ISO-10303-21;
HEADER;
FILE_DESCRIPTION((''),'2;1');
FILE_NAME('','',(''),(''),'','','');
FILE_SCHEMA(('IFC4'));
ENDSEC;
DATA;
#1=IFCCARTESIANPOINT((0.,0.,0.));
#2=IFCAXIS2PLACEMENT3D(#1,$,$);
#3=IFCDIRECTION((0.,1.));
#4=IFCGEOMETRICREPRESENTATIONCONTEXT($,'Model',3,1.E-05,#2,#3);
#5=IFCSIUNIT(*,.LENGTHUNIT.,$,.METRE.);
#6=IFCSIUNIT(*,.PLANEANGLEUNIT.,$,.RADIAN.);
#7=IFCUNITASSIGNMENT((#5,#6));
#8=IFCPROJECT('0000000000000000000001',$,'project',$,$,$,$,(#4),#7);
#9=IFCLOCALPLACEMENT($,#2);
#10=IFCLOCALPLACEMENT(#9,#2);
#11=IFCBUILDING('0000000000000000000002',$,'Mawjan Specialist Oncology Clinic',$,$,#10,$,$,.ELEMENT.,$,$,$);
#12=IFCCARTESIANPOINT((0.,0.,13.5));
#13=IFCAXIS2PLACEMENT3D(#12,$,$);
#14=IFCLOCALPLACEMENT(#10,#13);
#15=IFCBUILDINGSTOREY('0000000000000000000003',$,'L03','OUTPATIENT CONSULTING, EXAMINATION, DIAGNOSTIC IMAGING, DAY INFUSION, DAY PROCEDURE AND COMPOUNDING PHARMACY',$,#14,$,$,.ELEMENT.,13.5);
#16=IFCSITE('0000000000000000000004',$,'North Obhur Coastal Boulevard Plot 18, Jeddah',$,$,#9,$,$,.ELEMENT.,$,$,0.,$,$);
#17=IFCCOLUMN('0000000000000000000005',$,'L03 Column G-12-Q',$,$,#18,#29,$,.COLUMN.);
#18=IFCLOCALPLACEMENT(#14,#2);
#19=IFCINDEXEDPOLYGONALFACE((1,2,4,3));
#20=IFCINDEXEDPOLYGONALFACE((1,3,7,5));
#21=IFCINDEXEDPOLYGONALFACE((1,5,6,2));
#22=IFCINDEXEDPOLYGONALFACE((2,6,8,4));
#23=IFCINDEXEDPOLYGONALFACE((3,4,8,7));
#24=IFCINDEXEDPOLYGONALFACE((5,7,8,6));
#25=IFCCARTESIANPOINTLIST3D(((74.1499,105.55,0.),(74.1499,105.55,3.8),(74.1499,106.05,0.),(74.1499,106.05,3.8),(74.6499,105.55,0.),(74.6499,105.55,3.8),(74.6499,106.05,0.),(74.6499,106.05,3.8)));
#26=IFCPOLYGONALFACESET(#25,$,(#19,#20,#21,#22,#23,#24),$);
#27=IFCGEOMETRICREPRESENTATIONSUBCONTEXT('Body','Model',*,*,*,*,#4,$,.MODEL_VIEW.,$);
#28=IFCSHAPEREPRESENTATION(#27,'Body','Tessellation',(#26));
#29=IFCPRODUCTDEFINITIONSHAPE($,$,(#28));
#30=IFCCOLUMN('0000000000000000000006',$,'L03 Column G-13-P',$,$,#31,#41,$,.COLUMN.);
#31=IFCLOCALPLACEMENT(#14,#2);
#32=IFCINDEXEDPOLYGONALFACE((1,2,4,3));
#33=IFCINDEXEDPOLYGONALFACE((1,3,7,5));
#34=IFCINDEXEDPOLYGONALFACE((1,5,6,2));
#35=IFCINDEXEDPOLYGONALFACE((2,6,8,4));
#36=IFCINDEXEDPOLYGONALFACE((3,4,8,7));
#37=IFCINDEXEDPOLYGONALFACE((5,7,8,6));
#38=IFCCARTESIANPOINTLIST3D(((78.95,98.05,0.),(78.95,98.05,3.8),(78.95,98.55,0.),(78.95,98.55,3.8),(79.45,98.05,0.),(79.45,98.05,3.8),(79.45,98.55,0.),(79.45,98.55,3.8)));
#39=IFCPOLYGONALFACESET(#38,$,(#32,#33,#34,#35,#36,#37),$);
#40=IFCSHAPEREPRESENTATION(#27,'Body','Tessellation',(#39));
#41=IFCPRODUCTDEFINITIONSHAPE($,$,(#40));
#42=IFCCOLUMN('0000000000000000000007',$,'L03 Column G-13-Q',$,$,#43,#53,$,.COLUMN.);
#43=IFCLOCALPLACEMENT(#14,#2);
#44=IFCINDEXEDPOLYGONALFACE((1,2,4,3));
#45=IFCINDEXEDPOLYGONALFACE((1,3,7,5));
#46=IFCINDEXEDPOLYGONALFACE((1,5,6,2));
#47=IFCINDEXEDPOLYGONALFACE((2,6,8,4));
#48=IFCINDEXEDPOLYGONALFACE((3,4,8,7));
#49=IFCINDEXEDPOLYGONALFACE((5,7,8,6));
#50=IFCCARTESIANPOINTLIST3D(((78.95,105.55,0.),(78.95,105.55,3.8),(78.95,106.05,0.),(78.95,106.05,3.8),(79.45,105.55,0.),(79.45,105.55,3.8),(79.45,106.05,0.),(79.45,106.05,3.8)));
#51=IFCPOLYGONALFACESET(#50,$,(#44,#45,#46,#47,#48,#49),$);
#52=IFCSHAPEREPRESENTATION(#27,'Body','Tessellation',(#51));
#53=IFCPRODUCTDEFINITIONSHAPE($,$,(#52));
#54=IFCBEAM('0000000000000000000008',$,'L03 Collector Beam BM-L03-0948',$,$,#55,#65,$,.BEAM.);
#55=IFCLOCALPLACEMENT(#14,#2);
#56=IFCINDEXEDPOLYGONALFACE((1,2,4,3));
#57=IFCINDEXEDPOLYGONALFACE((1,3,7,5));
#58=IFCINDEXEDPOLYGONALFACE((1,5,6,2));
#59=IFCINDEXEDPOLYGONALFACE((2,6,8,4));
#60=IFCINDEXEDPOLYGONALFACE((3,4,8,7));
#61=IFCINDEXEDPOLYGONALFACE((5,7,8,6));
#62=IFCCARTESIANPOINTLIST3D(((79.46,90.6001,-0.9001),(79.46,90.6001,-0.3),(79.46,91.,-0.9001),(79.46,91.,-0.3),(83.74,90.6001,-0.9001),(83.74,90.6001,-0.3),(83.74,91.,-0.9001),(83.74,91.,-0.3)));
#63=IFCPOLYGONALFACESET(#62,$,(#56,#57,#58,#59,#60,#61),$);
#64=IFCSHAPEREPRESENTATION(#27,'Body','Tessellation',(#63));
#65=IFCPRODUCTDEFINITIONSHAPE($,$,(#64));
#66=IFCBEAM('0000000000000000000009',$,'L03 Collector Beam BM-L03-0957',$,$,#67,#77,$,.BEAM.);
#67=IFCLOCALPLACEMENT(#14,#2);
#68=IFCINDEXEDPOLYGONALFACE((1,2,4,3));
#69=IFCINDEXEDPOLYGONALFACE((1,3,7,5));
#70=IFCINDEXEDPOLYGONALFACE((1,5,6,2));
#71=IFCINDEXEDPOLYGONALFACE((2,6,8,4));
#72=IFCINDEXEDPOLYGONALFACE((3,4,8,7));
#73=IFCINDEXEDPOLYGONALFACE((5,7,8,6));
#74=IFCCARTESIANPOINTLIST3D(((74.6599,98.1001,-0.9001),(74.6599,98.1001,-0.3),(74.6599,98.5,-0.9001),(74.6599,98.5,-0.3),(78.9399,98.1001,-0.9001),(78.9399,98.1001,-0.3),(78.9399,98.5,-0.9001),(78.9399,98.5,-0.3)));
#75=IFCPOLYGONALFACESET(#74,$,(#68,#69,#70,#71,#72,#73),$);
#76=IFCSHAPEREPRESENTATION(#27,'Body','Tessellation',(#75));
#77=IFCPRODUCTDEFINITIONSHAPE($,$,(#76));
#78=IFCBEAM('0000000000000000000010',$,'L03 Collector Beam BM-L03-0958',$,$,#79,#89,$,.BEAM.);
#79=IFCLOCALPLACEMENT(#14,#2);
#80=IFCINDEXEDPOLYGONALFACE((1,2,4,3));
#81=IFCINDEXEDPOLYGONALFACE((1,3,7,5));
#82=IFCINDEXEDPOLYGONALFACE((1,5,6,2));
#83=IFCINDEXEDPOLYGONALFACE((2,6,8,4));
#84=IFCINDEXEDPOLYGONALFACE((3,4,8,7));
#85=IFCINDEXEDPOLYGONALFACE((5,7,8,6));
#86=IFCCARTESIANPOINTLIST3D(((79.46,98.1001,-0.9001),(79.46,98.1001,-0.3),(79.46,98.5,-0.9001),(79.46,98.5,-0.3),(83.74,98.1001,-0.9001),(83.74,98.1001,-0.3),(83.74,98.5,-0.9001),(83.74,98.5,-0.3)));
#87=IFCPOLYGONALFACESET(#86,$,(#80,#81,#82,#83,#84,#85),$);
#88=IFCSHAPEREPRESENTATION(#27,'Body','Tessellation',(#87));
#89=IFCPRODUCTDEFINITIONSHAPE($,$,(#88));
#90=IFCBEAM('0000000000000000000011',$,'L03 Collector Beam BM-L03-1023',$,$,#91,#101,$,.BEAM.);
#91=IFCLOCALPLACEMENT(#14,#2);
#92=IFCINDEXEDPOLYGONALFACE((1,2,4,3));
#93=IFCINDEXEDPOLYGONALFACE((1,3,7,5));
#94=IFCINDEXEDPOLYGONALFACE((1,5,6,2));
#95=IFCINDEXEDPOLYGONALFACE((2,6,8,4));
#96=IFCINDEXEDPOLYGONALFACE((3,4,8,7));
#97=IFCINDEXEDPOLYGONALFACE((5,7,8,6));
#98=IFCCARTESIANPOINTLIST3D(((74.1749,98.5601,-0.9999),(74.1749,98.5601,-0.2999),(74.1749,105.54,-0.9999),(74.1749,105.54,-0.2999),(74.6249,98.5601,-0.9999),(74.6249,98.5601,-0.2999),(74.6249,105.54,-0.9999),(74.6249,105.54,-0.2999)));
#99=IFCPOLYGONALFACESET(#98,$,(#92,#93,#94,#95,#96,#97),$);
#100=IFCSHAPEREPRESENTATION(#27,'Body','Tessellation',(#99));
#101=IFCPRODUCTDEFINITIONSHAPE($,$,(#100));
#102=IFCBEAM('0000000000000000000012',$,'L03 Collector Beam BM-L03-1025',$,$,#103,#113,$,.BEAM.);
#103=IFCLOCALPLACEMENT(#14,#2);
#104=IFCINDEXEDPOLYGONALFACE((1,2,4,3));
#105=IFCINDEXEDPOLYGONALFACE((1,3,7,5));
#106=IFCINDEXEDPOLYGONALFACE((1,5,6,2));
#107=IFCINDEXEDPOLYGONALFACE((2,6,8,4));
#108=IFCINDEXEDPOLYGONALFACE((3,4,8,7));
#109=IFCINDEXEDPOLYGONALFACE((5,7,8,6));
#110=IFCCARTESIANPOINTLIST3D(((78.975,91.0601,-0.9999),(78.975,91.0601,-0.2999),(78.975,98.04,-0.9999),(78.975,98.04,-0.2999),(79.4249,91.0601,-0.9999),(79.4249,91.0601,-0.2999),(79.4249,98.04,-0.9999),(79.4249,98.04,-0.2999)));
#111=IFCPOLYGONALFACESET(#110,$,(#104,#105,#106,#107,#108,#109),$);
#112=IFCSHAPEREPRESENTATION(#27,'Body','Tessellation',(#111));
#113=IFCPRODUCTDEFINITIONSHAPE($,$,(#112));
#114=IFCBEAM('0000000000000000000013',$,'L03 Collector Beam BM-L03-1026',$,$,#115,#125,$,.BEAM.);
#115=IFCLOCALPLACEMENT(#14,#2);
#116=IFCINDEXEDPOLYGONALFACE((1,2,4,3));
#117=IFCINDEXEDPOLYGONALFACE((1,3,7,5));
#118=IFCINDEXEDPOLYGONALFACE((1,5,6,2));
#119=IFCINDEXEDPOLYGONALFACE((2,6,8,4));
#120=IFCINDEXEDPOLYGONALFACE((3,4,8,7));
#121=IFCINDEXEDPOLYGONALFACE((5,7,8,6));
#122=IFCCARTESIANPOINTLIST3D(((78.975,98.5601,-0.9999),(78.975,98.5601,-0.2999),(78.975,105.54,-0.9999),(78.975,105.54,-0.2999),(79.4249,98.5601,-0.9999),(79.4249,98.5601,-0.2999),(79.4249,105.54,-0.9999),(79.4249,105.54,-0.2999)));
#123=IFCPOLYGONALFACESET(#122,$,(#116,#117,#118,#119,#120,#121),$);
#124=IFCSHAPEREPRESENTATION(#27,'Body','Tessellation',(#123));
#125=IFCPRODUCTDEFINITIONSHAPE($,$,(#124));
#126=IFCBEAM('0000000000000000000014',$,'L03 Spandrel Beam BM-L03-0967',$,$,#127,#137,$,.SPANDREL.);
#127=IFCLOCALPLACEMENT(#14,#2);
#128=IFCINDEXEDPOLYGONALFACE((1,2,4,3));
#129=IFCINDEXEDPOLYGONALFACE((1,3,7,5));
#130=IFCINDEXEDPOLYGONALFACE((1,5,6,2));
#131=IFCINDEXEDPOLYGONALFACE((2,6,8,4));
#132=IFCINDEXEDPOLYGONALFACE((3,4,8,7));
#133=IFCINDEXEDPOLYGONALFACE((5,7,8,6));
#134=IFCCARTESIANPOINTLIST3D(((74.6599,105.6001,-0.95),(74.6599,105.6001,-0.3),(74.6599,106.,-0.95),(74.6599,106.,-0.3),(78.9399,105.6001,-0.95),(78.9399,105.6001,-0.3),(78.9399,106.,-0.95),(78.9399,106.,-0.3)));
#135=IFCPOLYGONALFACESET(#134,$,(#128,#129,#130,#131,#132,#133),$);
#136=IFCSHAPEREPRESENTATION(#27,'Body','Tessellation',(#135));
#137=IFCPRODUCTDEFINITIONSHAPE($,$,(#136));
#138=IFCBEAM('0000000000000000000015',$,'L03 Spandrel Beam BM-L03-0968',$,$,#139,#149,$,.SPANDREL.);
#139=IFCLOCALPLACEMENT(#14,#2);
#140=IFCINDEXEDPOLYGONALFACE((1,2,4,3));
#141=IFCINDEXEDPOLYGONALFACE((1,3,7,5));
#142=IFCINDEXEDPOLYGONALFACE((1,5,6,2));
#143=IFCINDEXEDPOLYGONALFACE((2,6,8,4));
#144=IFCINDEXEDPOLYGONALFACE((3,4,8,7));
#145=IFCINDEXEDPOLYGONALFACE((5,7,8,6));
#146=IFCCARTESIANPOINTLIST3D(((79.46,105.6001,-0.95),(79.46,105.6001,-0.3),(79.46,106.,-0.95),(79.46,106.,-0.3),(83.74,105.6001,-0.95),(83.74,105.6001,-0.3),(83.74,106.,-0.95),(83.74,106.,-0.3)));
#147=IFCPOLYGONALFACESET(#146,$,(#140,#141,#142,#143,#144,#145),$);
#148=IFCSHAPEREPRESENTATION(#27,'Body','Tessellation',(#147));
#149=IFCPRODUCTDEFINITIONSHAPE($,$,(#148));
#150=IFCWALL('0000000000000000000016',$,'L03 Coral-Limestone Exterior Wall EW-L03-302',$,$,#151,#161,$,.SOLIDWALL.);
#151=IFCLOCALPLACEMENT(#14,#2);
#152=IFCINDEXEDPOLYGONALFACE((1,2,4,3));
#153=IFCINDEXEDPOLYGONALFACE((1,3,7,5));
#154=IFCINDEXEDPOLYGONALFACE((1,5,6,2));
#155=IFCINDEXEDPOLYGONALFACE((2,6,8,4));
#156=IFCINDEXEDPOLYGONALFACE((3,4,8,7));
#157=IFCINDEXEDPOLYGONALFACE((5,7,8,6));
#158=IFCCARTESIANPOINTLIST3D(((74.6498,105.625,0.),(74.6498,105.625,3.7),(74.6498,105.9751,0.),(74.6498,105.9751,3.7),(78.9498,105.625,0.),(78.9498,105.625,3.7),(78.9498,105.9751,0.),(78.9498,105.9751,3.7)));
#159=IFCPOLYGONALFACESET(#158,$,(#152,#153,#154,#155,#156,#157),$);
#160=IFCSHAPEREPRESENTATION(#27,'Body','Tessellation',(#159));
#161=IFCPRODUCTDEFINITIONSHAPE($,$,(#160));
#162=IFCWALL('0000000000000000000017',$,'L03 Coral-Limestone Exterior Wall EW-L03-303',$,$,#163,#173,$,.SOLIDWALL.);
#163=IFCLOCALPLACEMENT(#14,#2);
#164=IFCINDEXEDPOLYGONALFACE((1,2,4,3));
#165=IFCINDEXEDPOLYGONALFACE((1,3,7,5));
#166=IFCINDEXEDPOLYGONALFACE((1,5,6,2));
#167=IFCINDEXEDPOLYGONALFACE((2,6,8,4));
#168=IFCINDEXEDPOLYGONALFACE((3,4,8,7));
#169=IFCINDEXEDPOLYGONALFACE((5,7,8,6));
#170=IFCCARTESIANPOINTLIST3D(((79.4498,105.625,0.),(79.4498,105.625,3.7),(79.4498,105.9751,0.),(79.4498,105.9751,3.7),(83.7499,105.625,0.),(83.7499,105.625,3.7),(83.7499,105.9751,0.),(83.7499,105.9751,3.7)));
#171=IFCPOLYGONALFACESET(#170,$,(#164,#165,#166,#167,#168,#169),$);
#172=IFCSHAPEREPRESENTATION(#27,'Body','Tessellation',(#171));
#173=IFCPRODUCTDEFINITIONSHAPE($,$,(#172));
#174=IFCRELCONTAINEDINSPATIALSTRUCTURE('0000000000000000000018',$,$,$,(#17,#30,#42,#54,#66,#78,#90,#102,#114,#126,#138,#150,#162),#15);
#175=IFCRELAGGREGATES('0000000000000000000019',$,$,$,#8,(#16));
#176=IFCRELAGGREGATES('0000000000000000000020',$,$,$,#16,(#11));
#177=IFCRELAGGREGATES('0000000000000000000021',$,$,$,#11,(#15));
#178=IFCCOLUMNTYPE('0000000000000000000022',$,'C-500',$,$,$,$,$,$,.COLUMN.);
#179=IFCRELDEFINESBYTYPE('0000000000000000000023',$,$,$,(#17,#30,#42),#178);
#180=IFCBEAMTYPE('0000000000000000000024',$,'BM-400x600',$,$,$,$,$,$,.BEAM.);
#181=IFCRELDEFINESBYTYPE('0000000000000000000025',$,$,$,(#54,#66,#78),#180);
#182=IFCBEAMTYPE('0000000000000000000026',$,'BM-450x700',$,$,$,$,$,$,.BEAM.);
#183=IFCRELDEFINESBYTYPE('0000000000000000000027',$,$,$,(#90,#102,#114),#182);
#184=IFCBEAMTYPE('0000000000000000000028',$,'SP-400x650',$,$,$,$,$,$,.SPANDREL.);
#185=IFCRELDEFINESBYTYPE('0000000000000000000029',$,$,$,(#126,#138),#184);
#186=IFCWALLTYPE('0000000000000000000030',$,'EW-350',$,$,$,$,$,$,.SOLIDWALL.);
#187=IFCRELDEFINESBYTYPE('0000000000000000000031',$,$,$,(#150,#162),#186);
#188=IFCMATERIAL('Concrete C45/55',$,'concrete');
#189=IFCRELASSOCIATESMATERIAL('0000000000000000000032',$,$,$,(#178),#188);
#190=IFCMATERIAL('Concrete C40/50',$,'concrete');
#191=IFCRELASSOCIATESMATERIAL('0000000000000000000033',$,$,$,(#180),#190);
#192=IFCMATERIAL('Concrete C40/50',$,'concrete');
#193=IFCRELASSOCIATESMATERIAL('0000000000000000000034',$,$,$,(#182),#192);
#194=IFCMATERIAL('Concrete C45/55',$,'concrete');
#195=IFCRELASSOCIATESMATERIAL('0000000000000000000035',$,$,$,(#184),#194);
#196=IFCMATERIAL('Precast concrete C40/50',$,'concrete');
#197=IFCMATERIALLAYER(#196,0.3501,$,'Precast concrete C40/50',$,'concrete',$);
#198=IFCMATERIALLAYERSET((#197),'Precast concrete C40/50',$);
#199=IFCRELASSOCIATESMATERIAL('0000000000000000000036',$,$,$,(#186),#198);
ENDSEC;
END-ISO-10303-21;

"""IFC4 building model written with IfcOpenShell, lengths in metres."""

from ifc_helpers import new_model, si_unit, direction, frame, frame_2d, origin, origin_2d, place, context, subcontext, project, spatial, rectangle, extrude, material, layer, layer_set, material_profile, profile_set, type_object, element, save


model = new_model("IFC4")

# Units and contexts
model_context = context("Model", 3, precision=1e-05, world=origin(), true_north=direction((0.0, 1.0)))
body_context = subcontext(model_context, "Body", "Model", "MODEL_VIEW")
ifc_project = project(units=[si_unit("LENGTHUNIT", "METRE"), si_unit("PLANEANGLEUNIT", "RADIAN")], contexts=[model_context])

# Site, building, storey
site_placement = place(None, origin())
site = spatial("IfcSite", under=ifc_project, at=site_placement, Name="North Obhur Coastal Boulevard Plot 18, Jeddah", CompositionType="ELEMENT", RefElevation=0.0)
building_placement = place(site_placement, origin())
building = spatial("IfcBuilding", under=site, at=building_placement, Name="Mawjan Specialist Oncology Clinic", CompositionType="ELEMENT")
storey_placement = place(building_placement, frame((0.0, 0.0, 13.5)))
storey = spatial("IfcBuildingStorey", under=building, at=storey_placement, Name="L03", Description="OUTPATIENT CONSULTING, EXAMINATION, DIAGNOSTIC IMAGING, DAY INFUSION, DAY PROCEDURE AND COMPOUNDING PHARMACY", CompositionType="ELEMENT", Elevation=13.5)

# Columns
ifc_material_1 = material(Name="Concrete C45/55", Category="concrete")
ifc_material_profile_1 = material_profile(ifc_material_1, rectangle(XDim=0.5, YDim=0.5, at=origin_2d()), Name="RC COL 500x500", Category="concrete")
ifc_profile_set_1 = profile_set([ifc_material_profile_1], Name="Concrete C45/55")
column_type = type_object("IfcColumnType", Name="C-500", PredefinedType="COLUMN", material=ifc_profile_set_1)
for number, where, z_axis, x_axis, name in (
    (1, (74.3999, 105.8, 0.0), (0.0, 0.0, 1.0), (1.0, 0.0, 0.0), "L03 Column G-12-Q"),
    (2, (79.2, 98.3, 0.0), (0.0, 0.0, 1.0), (1.0, 0.0, 0.0), "L03 Column G-13-P"),
    (3, (79.2, 105.8, 0.0), (0.0, 0.0, 1.0), (1.0, 0.0, 0.0), "L03 Column G-13-Q"),
):
    element("IfcColumn", number, at=place(storey_placement, frame(where, z_axis=z_axis, x_axis=x_axis)), inside=storey, type_object=column_type, Name=name, PredefinedType="COLUMN", context=body_context, shape_type="SweptSolid", body=[
        extrude(rectangle(XDim=0.5, YDim=0.5, at=origin_2d()), origin(), (0.0, 0.0, 1.0), 3.8),
    ])

# Beams
ifc_material_2 = material(Name="Concrete C40/50", Category="concrete")
ifc_material_profile_2 = material_profile(ifc_material_2, rectangle(XDim=0.3999, YDim=0.6001, at=origin_2d()), Name="RC BM 400x600", Category="concrete")
ifc_profile_set_2 = profile_set([ifc_material_profile_2], Name="Concrete C40/50")
beam_type_1 = type_object("IfcBeamType", Name="BM-400x600", PredefinedType="BEAM", material=ifc_profile_set_2)
for number, where, z_axis, x_axis, name in (
    (4, (79.46, 90.8, -0.6001), (1.0, 0.0, 0.0), (0.0, 1.0, 0.0), "L03 Collector Beam BM-L03-0948"),
    (5, (74.6599, 98.3, -0.6001), (1.0, 0.0, 0.0), (0.0, 1.0, 0.0), "L03 Collector Beam BM-L03-0957"),
    (6, (79.46, 98.3, -0.6001), (1.0, 0.0, 0.0), (0.0, 1.0, 0.0), "L03 Collector Beam BM-L03-0958"),
):
    element("IfcBeam", number, at=place(storey_placement, frame(where, z_axis=z_axis, x_axis=x_axis)), inside=storey, type_object=beam_type_1, Name=name, PredefinedType="BEAM", context=body_context, shape_type="SweptSolid", body=[
        extrude(rectangle(XDim=0.3999, YDim=0.6001, at=origin_2d()), origin(), (0.0, 0.0, 1.0), 4.28),
    ])
ifc_material_3 = material(Name="Concrete C40/50", Category="concrete")
ifc_material_profile_3 = material_profile(ifc_material_3, rectangle(XDim=0.45, YDim=0.7, at=origin_2d()), Name="RC BM 450x700", Category="concrete")
ifc_profile_set_3 = profile_set([ifc_material_profile_3], Name="Concrete C40/50")
beam_type_2 = type_object("IfcBeamType", Name="BM-450x700", PredefinedType="BEAM", material=ifc_profile_set_3)
for number, where, z_axis, x_axis, name in (
    (7, (74.3999, 98.5601, -0.6499), (0.0, 1.0, 0.0), (-1.0, 0.0, 0.0), "L03 Collector Beam BM-L03-1023"),
    (8, (79.2, 91.0601, -0.6499), (0.0, 1.0, 0.0), (-1.0, 0.0, 0.0), "L03 Collector Beam BM-L03-1025"),
    (9, (79.2, 98.5601, -0.6499), (0.0, 1.0, 0.0), (-1.0, 0.0, 0.0), "L03 Collector Beam BM-L03-1026"),
):
    element("IfcBeam", number, at=place(storey_placement, frame(where, z_axis=z_axis, x_axis=x_axis)), inside=storey, type_object=beam_type_2, Name=name, PredefinedType="BEAM", context=body_context, shape_type="SweptSolid", body=[
        extrude(rectangle(XDim=0.45, YDim=0.7, at=origin_2d()), origin(), (0.0, 0.0, 1.0), 6.98),
    ])
ifc_material_4 = material(Name="Concrete C45/55", Category="concrete")
ifc_material_profile_4 = material_profile(ifc_material_4, rectangle(XDim=0.3999, YDim=0.6499, at=origin_2d()), Name="RC BM 400x650", Category="concrete")
ifc_profile_set_4 = profile_set([ifc_material_profile_4], Name="Concrete C45/55")
beam_type_3 = type_object("IfcBeamType", Name="SP-400x650", PredefinedType="SPANDREL", material=ifc_profile_set_4)
for number, where, z_axis, x_axis, name in (
    (10, (74.6599, 105.8, -0.625), (1.0, 0.0, 0.0), (0.0, 1.0, 0.0), "L03 Spandrel Beam BM-L03-0967"),
    (11, (79.46, 105.8, -0.625), (1.0, 0.0, 0.0), (0.0, 1.0, 0.0), "L03 Spandrel Beam BM-L03-0968"),
):
    element("IfcBeam", number, at=place(storey_placement, frame(where, z_axis=z_axis, x_axis=x_axis)), inside=storey, type_object=beam_type_3, Name=name, PredefinedType="SPANDREL", context=body_context, shape_type="SweptSolid", body=[
        extrude(rectangle(XDim=0.3999, YDim=0.6499, at=origin_2d()), origin(), (0.0, 0.0, 1.0), 4.28),
    ])

# Walls
ifc_material_5 = material(Name="Precast concrete C40/50", Category="concrete")
ifc_layer_1 = layer(ifc_material_5, 0.3501, Name="Precast concrete C40/50", Category="concrete")
ifc_layer_set_1 = layer_set([ifc_layer_1], Name="Precast concrete C40/50")
wall_type_1 = type_object("IfcWallType", Name="EW-350", PredefinedType="SOLIDWALL", material=ifc_layer_set_1)
for number, where, z_axis, x_axis, name in (
    (12, (74.6499, 105.8, 0.0), (0.0, 0.0, 1.0), (1.0, 0.0, 0.0), "L03 Coral-Limestone Exterior Wall EW-L03-302"),
    (13, (79.45, 105.8, 0.0), (0.0, 0.0, 1.0), (1.0, 0.0, 0.0), "L03 Coral-Limestone Exterior Wall EW-L03-303"),
):
    element("IfcWall", number, at=place(storey_placement, frame(where, z_axis=z_axis, x_axis=x_axis)), inside=storey, type_object=wall_type_1, Name=name, PredefinedType="SOLIDWALL", context=body_context, shape_type="SweptSolid", body=[
        extrude(rectangle(XDim=4.3, YDim=0.3501, at=frame_2d((2.1499, 0.0))), origin(), (0.0, 0.0, 1.0), 3.7),
    ])

save(model, "model.ifc")
